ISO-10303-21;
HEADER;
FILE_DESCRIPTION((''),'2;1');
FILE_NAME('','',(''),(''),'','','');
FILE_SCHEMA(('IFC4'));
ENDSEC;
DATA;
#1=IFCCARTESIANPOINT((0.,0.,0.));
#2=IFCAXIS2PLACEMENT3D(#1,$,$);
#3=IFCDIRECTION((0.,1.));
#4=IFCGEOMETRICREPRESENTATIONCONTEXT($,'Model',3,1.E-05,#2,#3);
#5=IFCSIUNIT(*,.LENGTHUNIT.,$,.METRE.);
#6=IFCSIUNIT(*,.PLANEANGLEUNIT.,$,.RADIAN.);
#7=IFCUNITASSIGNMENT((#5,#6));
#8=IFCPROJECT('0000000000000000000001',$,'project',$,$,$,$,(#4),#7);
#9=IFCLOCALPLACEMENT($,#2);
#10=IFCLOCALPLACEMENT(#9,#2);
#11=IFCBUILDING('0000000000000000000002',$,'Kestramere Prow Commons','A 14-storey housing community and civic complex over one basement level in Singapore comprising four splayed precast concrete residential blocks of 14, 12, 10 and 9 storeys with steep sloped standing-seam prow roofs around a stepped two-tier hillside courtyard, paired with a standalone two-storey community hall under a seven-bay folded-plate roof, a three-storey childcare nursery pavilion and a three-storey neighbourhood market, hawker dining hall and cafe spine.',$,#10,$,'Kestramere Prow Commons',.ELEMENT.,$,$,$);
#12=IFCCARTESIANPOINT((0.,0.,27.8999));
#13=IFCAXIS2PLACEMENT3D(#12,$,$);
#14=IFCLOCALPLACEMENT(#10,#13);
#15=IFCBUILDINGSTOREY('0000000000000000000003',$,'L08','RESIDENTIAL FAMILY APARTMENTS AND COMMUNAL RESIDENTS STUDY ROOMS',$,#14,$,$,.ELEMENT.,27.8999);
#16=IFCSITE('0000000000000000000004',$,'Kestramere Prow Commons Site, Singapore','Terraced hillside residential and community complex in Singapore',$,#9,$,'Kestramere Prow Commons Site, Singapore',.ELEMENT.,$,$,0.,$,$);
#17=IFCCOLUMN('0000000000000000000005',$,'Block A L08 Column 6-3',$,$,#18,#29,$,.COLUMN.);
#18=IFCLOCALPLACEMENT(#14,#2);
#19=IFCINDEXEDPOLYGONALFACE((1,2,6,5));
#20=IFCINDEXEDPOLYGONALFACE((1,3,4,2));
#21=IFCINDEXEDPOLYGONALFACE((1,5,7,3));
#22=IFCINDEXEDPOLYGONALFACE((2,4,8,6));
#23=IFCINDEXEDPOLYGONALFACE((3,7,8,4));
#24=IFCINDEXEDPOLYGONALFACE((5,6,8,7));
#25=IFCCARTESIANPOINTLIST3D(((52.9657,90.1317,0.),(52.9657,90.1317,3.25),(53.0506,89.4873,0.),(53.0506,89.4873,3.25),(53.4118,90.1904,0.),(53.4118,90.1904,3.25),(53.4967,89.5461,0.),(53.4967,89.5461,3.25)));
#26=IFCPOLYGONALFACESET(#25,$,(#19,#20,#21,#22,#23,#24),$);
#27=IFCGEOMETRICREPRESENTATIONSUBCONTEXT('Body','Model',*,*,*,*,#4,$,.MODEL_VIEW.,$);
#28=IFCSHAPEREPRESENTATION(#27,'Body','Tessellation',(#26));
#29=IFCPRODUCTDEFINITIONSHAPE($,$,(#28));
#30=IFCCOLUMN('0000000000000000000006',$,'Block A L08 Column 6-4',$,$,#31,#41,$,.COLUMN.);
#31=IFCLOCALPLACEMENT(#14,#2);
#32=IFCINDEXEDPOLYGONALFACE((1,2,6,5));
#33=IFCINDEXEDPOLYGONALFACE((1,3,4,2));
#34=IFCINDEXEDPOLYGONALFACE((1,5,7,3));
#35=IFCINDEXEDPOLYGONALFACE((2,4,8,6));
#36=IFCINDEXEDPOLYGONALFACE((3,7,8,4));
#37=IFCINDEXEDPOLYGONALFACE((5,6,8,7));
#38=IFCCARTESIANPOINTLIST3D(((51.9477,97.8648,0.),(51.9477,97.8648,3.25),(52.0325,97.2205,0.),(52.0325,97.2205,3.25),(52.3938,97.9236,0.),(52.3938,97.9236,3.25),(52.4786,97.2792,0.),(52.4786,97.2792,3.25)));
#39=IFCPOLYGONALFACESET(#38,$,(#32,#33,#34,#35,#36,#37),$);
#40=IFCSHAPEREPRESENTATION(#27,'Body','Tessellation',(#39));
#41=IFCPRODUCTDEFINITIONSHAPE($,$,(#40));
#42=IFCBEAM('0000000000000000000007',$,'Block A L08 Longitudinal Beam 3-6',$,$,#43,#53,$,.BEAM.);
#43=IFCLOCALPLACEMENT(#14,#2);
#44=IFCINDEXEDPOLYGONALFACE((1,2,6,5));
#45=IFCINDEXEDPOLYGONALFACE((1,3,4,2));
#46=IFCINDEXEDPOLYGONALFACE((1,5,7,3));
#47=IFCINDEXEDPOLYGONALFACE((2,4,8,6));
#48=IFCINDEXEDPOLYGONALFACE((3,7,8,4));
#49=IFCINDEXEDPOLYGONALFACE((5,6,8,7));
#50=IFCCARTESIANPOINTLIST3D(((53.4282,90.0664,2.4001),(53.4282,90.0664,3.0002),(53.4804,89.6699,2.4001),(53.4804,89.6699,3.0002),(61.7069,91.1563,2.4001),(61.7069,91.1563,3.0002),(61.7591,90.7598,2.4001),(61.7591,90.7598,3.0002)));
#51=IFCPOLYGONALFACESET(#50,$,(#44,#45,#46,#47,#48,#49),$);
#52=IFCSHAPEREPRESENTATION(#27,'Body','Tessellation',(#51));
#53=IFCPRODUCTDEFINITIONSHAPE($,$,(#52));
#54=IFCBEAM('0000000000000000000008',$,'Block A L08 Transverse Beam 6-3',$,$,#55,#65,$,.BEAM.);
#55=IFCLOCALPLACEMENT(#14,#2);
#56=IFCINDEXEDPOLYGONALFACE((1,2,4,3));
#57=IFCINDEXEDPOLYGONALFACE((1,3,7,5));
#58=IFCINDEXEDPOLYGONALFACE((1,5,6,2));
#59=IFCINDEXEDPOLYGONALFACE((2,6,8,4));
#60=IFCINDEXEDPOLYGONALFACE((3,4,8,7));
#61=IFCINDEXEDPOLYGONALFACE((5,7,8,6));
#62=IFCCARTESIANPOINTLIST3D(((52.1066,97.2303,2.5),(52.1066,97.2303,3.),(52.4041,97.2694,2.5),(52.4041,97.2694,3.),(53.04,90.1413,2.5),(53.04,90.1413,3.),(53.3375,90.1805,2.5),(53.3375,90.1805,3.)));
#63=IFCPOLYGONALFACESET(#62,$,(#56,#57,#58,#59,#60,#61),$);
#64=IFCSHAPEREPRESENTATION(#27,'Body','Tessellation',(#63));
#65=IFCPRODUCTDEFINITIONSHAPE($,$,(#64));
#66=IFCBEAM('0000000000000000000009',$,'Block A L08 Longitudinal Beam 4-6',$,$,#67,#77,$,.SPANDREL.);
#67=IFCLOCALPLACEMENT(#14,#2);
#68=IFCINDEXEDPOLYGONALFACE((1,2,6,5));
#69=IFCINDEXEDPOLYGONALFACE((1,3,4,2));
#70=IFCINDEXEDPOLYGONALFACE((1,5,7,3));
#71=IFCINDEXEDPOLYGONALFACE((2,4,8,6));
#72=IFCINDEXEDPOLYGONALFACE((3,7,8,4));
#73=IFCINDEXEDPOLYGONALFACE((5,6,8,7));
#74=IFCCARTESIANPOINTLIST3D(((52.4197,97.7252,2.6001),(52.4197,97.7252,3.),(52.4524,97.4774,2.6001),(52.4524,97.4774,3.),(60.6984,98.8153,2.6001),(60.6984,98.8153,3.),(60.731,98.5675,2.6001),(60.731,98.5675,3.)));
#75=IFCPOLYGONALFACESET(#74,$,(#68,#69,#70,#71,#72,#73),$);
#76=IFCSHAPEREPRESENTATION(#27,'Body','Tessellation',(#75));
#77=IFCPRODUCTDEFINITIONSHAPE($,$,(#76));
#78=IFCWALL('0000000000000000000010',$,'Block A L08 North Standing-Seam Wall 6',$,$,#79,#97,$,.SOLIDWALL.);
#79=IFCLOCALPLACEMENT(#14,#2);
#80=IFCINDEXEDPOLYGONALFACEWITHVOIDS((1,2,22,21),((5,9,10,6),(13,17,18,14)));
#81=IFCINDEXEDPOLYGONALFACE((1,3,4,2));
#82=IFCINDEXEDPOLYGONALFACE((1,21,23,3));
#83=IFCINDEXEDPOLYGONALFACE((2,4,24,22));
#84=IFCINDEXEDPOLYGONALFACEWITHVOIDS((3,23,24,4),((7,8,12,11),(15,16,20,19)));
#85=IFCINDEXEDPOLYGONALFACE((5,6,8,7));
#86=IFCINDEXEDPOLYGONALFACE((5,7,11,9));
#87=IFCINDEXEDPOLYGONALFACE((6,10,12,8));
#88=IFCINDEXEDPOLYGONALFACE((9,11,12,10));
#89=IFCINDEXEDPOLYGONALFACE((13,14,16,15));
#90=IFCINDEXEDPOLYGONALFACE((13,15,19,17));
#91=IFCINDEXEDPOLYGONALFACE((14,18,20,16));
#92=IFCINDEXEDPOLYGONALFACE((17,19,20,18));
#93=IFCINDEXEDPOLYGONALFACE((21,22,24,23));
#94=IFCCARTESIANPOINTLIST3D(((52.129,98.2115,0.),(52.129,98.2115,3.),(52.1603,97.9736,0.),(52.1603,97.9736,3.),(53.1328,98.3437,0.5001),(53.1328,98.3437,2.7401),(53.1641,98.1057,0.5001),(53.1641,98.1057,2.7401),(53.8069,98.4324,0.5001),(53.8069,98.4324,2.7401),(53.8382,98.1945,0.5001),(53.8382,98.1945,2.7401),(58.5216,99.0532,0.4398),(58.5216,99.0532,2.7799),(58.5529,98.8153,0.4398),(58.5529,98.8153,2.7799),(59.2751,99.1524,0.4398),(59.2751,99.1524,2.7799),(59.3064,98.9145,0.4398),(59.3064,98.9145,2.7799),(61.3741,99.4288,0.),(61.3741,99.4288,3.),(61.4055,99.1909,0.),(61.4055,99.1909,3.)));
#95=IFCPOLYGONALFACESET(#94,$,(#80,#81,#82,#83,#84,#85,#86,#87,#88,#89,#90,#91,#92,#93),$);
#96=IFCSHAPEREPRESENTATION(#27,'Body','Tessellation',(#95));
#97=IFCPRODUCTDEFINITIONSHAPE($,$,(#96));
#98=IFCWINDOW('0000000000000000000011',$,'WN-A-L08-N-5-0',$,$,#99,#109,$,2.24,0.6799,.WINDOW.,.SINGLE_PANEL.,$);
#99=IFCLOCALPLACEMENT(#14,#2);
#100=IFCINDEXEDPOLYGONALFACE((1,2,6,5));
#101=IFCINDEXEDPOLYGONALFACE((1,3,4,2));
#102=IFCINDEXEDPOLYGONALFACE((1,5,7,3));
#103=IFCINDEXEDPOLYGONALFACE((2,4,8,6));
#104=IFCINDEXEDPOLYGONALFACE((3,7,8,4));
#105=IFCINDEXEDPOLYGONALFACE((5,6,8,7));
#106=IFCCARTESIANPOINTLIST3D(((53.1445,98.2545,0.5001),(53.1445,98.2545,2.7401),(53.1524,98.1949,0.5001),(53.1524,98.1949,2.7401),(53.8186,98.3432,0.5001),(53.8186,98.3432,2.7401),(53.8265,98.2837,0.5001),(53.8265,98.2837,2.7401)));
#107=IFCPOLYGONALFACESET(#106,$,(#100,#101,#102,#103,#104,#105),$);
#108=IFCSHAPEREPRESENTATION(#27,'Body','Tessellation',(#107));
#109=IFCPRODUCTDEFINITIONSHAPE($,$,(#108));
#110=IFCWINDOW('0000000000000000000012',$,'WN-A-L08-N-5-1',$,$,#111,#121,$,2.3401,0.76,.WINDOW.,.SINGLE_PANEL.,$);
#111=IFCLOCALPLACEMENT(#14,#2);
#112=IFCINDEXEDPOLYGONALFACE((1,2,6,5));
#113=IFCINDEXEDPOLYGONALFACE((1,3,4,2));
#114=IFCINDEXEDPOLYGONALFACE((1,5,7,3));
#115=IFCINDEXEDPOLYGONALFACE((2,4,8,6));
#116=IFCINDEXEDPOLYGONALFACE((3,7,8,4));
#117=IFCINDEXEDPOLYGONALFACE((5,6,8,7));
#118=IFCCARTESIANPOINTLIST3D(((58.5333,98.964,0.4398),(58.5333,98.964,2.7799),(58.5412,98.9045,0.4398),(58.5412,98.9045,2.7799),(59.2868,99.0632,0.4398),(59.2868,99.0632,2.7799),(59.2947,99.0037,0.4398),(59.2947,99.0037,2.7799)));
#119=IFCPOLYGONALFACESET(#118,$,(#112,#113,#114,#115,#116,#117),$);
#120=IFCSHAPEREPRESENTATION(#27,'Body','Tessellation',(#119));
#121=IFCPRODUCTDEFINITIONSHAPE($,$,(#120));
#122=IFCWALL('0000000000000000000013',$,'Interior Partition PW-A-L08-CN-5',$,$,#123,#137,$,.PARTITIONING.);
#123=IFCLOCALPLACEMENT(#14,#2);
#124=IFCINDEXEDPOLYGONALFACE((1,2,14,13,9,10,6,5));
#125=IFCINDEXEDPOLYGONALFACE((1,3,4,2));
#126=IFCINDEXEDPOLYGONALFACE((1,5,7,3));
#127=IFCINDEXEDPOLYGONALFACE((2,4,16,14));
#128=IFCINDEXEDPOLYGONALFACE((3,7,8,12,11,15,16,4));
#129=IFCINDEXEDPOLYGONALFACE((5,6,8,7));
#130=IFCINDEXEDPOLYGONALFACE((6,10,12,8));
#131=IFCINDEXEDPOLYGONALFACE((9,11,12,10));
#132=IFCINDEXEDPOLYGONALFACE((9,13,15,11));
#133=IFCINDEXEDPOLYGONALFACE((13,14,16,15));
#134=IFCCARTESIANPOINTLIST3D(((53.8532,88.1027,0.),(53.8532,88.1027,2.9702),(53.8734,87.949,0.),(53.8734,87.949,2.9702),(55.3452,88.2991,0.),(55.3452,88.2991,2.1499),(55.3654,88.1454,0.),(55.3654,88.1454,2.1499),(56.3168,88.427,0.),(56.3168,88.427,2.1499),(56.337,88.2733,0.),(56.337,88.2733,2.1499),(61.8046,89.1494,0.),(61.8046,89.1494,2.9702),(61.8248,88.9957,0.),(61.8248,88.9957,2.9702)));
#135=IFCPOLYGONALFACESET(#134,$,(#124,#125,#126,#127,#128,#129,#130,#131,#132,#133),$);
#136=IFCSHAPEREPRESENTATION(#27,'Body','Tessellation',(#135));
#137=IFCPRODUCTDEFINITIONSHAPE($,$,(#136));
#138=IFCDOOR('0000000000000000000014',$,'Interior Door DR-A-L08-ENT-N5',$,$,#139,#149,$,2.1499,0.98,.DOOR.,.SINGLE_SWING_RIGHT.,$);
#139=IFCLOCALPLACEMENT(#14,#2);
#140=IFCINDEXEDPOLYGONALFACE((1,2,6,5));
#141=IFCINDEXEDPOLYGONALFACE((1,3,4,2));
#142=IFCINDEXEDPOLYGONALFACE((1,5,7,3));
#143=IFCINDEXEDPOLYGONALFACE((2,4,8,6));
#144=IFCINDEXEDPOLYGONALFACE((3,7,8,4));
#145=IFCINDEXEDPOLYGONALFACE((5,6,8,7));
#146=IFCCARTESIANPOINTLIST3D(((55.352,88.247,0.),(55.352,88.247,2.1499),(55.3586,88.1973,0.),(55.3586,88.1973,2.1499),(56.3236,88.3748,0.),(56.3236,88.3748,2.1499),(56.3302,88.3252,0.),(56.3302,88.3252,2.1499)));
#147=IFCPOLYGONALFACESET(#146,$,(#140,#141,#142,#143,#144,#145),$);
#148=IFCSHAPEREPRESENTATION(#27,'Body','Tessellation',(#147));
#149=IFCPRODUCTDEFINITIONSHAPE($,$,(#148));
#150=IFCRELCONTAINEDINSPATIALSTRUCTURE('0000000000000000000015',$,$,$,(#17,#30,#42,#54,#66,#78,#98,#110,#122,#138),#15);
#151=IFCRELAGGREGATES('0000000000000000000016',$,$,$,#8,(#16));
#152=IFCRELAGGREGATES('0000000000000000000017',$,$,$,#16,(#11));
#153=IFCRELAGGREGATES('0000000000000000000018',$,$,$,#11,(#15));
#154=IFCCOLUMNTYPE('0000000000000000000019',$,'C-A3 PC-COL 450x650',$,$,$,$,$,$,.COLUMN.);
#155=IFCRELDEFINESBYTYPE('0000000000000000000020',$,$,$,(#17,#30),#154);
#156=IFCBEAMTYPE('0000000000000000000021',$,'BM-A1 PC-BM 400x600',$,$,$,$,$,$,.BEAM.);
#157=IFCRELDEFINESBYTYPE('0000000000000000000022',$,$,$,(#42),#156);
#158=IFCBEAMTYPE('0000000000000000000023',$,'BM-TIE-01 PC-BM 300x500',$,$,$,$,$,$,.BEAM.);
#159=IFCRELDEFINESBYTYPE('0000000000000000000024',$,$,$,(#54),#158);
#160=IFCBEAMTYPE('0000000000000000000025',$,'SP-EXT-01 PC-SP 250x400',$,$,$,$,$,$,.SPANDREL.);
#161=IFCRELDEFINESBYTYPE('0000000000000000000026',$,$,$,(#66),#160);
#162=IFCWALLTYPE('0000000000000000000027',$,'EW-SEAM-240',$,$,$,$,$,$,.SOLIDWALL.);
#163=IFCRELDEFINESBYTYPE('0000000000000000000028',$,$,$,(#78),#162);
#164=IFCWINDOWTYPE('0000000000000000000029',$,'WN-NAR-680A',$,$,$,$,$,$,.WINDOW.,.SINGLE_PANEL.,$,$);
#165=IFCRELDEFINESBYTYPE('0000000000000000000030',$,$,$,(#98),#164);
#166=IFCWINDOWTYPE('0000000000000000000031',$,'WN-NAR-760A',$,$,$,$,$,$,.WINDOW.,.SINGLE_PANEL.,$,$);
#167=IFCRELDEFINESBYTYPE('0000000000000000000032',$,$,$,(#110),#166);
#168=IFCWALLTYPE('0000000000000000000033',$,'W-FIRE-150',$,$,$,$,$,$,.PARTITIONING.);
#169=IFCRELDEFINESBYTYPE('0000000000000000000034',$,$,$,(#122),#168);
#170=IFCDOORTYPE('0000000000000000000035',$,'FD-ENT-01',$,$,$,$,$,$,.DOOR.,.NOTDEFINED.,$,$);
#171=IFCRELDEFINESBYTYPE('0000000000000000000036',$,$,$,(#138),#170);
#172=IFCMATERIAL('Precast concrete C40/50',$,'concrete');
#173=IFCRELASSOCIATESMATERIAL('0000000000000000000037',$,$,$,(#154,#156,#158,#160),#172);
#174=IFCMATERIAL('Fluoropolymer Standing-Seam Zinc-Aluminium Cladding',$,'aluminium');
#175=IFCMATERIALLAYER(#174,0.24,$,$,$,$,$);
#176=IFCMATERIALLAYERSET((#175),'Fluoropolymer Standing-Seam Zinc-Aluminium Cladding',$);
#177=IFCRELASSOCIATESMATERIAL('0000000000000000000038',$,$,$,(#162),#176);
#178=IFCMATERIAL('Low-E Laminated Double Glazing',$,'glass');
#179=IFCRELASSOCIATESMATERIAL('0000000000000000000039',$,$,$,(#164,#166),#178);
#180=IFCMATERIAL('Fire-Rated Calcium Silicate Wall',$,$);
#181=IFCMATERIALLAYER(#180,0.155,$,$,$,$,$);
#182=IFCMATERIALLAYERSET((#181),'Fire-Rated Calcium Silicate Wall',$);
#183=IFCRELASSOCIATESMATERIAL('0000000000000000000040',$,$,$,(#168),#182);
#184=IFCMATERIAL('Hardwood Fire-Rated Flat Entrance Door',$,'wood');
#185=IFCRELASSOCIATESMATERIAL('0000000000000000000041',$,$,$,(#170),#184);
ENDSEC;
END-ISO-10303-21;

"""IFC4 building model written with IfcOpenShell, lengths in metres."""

from ifc_helpers import new_model, si_unit, direction, frame, frame_2d, origin, origin_2d, place, context, subcontext, project, spatial, rectangle, extrude, material, layer, layer_set, material_profile, profile_set, type_object, element, fill, save


model = new_model("IFC4")

# Units and contexts
model_context = context("Model", 3, precision=1e-05, world=origin(), true_north=direction((0.0, 1.0)))
body_context = subcontext(model_context, "Body", "Model", "MODEL_VIEW")
ifc_project = project(units=[si_unit("LENGTHUNIT", "METRE"), si_unit("PLANEANGLEUNIT", "RADIAN")], contexts=[model_context])

# Site, building, storey
site_placement = place(None, origin())
site = spatial("IfcSite", under=ifc_project, at=site_placement, Name="Kestramere Prow Commons Site, Singapore", Description="Terraced hillside residential and community complex in Singapore", LongName="Kestramere Prow Commons Site, Singapore", CompositionType="ELEMENT", RefElevation=0.0)
building_placement = place(site_placement, origin())
building = spatial("IfcBuilding", under=site, at=building_placement, Name="Kestramere Prow Commons", Description="A 14-storey housing community and civic complex over one basement level in Singapore comprising four splayed precast concrete residential blocks of 14, 12, 10 and 9 storeys with steep sloped standing-seam prow roofs around a stepped two-tier hillside courtyard, paired with a standalone two-storey community hall under a seven-bay folded-plate roof, a three-storey childcare nursery pavilion and a three-storey neighbourhood market, hawker dining hall and cafe spine.", LongName="Kestramere Prow Commons", CompositionType="ELEMENT")
storey_placement = place(building_placement, frame((0.0, 0.0, 27.8999)))
storey = spatial("IfcBuildingStorey", under=building, at=storey_placement, Name="L08", Description="RESIDENTIAL FAMILY APARTMENTS AND COMMUNAL RESIDENTS STUDY ROOMS", CompositionType="ELEMENT", Elevation=27.8999)

# Columns
ifc_material_1 = material(Name="Precast concrete C40/50", Category="concrete")
ifc_material_profile_1 = material_profile(ifc_material_1, rectangle(XDim=0.45, YDim=0.6499, at=origin_2d()), Name="PC-COL 450x650")
ifc_profile_set_1 = profile_set([ifc_material_profile_1], Name="Precast concrete C40/50")
column_type = type_object("IfcColumnType", Name="C-A3 PC-COL 450x650", PredefinedType="COLUMN", material=ifc_profile_set_1)
for number, where, z_axis, x_axis, name in (
    (1, (53.2312, 89.8389, 0.0), (0.0, 0.0, 1.0), (0.991445, 0.130526, 0.0), "Block A L08 Column 6-3"),
    (2, (52.2131, 97.572, 0.0), (0.0, 0.0, 1.0), (0.991445, 0.130526, 0.0), "Block A L08 Column 6-4"),
):
    element("IfcColumn", number, at=place(storey_placement, frame(where, z_axis=z_axis, x_axis=x_axis)), inside=storey, type_object=column_type, Name=name, PredefinedType="COLUMN", context=body_context, shape_type="SweptSolid", body=[
        extrude(rectangle(XDim=0.45, YDim=0.6499, at=origin_2d()), origin(), (0.0, 0.0, 1.0), 3.25),
    ])

# Beams
ifc_material_profile_2 = material_profile(ifc_material_1, rectangle(XDim=0.3999, YDim=0.6001, at=origin_2d()), Name="PC-BM 400x600")
ifc_profile_set_2 = profile_set([ifc_material_profile_2], Name="Precast concrete C40/50")
beam_type_1 = type_object("IfcBeamType", Name="BM-A1 PC-BM 400x600", PredefinedType="BEAM", material=ifc_profile_set_2)
beam_1_placement = place(storey_placement, frame((53.4543, 89.8682, 2.7002), z_axis=(0.991446, 0.13052, 0.0), x_axis=(-0.13052, 0.991446, 0.0)))
element("IfcBeam", 3, at=beam_1_placement, inside=storey, type_object=beam_type_1, Name="Block A L08 Longitudinal Beam 3-6", PredefinedType="BEAM", context=body_context, shape_type="SweptSolid", body=[
    extrude(rectangle(XDim=0.3999, YDim=0.6001, at=origin_2d()), origin(), (0.0, 0.0, 1.0), 8.3501),
])
ifc_material_profile_3 = material_profile(ifc_material_1, rectangle(XDim=0.3, YDim=0.5, at=origin_2d()), Name="PC-BM 300x500")
ifc_profile_set_3 = profile_set([ifc_material_profile_3], Name="Precast concrete C40/50")
beam_type_2 = type_object("IfcBeamType", Name="BM-TIE-01 PC-BM 300x500", PredefinedType="BEAM", material=ifc_profile_set_3)
beam_2_placement = place(storey_placement, frame((53.1887, 90.1609, 2.75), z_axis=(-0.130538, 0.991443, 0.0), x_axis=(-0.991443, -0.130538, 0.0)))
element("IfcBeam", 4, at=beam_2_placement, inside=storey, type_object=beam_type_2, Name="Block A L08 Transverse Beam 6-3", PredefinedType="BEAM", context=body_context, shape_type="SweptSolid", body=[
    extrude(rectangle(XDim=0.3, YDim=0.5, at=origin_2d()), origin(), (0.0, 0.0, 1.0), 7.1501),
])
ifc_material_profile_4 = material_profile(ifc_material_1, rectangle(XDim=0.25, YDim=0.3999, at=origin_2d()), Name="PC-SP 250x400")
ifc_profile_set_4 = profile_set([ifc_material_profile_4], Name="Precast concrete C40/50")
beam_type_3 = type_object("IfcBeamType", Name="SP-EXT-01 PC-SP 250x400", PredefinedType="SPANDREL", material=ifc_profile_set_4)
beam_3_placement = place(storey_placement, frame((52.436, 97.6013, 2.8), z_axis=(0.991442, 0.130549, 0.0), x_axis=(-0.130549, 0.991442, 0.0)))
element("IfcBeam", 5, at=beam_3_placement, inside=storey, type_object=beam_type_3, Name="Block A L08 Longitudinal Beam 4-6", PredefinedType="SPANDREL", context=body_context, shape_type="SweptSolid", body=[
    extrude(rectangle(XDim=0.25, YDim=0.3999, at=origin_2d()), origin(), (0.0, 0.0, 1.0), 8.3501),
])

# Wall, openings, windows
ifc_material_2 = material(Name="Fluoropolymer Standing-Seam Zinc-Aluminium Cladding", Category="aluminium")
ifc_layer_1 = layer(ifc_material_2, 0.24)
ifc_layer_set_1 = layer_set([ifc_layer_1], Name="Fluoropolymer Standing-Seam Zinc-Aluminium Cladding")
wall_type_1 = type_object("IfcWallType", Name="EW-SEAM-240", PredefinedType="SOLIDWALL", material=ifc_layer_set_1)
wall_1_placement = place(storey_placement, frame((52.1445, 98.0925, 0.0), z_axis=(0.0, 0.0, 1.0), x_axis=(0.991443, 0.130541, 0.0)))
wall_1 = element("IfcWall", 6, at=wall_1_placement, inside=storey, type_object=wall_type_1, Name="Block A L08 North Standing-Seam Wall 6", PredefinedType="SOLIDWALL", context=body_context, shape_type="SweptSolid", body=[
    extrude(rectangle(XDim=9.325, YDim=0.24, at=frame_2d((4.6626, 0.0))), origin(), (0.0, 0.0, 1.0), 3.0),
])
opening_1_placement = place(wall_1_placement, frame((1.0127, 0.0, 0.5)))
opening_1 = element("IfcOpeningElement", 7, at=opening_1_placement, cuts=wall_1, PredefinedType="OPENING", context=body_context, shape_type="SweptSolid", body=[
    extrude(rectangle(XDim=0.6799, YDim=2.24, at=frame_2d((0.3398, 1.1201))), frame((0.0, 0.135, 0.0), z_axis=(0.0, -1.0, 0.0), x_axis=(1.0, 0.0, 0.0)), (0.0, 0.0, 1.0), 0.27),
])
opening_2_placement = place(wall_1_placement, frame((6.448, 0.0, 0.4399)))
opening_2 = element("IfcOpeningElement", 8, at=opening_2_placement, cuts=wall_1, PredefinedType="OPENING", context=body_context, shape_type="SweptSolid", body=[
    extrude(rectangle(XDim=0.76, YDim=2.3401, at=frame_2d((0.3799, 1.1699))), frame((0.0, 0.135, 0.0), z_axis=(0.0, -1.0, 0.0), x_axis=(1.0, 0.0, 0.0)), (0.0, 0.0, 1.0), 0.27),
])
ifc_material_3 = material(Name="Low-E Laminated Double Glazing", Category="glass")
window_type_1 = type_object("IfcWindowType", Name="WN-NAR-680A", PartitioningType="SINGLE_PANEL", PredefinedType="WINDOW", material=ifc_material_3)
window_1_placement = place(opening_1_placement, origin())
window_1 = element("IfcWindow", 9, at=window_1_placement, inside=storey, type_object=window_type_1, Name="WN-A-L08-N-5-0", OverallHeight=2.24, OverallWidth=0.6799, PartitioningType="SINGLE_PANEL", PredefinedType="WINDOW", context=body_context, shape_type="SweptSolid", body=[
    extrude(rectangle(XDim=0.6799, YDim=2.24, at=frame_2d((0.3398, 1.1201))), frame((0.0, 0.03, 0.0), z_axis=(0.0, -1.0, 0.0), x_axis=(1.0, 0.0, 0.0)), (0.0, 0.0, 1.0), 0.0601),
])
fill(opening_1, window_1)
window_type_2 = type_object("IfcWindowType", Name="WN-NAR-760A", PartitioningType="SINGLE_PANEL", PredefinedType="WINDOW", material=ifc_material_3)
window_2_placement = place(opening_2_placement, origin())
window_2 = element("IfcWindow", 10, at=window_2_placement, inside=storey, type_object=window_type_2, Name="WN-A-L08-N-5-1", OverallHeight=2.3401, OverallWidth=0.76, PartitioningType="SINGLE_PANEL", PredefinedType="WINDOW", context=body_context, shape_type="SweptSolid", body=[
    extrude(rectangle(XDim=0.76, YDim=2.3401, at=frame_2d((0.3799, 1.1699))), frame((0.0, 0.03, 0.0), z_axis=(0.0, -1.0, 0.0), x_axis=(1.0, 0.0, 0.0)), (0.0, 0.0, 1.0), 0.0601),
])
fill(opening_2, window_2)

# Wall, opening, door
ifc_material_4 = material(Name="Fire-Rated Calcium Silicate Wall")
ifc_layer_2 = layer(ifc_material_4, 0.155)
ifc_layer_set_2 = layer_set([ifc_layer_2], Name="Fire-Rated Calcium Silicate Wall")
wall_type_2 = type_object("IfcWallType", Name="W-FIRE-150", PredefinedType="PARTITIONING", material=ifc_layer_set_2)
wall_2_placement = place(storey_placement, frame((53.8633, 88.0259, 0.0), z_axis=(0.0, 0.0, 1.0), x_axis=(0.991448, 0.130503, 0.0)))
wall_2 = element("IfcWall", 11, at=wall_2_placement, inside=storey, type_object=wall_type_2, Name="Interior Partition PW-A-L08-CN-5", PredefinedType="PARTITIONING", context=body_context, shape_type="SweptSolid", body=[
    extrude(rectangle(XDim=8.02, YDim=0.155, at=frame_2d((4.01, 0.0))), origin(), (0.0, 0.0, 1.0), 2.9702),
])
opening_3_placement = place(wall_2_placement, frame((1.5049, 0.0, 0.0)))
opening_3 = element("IfcOpeningElement", 12, at=opening_3_placement, cuts=wall_2, PredefinedType="OPENING", context=body_context, shape_type="SweptSolid", body=[
    extrude(rectangle(XDim=0.98, YDim=2.1499, at=frame_2d((0.49, 1.075))), frame((0.0, 0.0925, 0.0), z_axis=(0.0, -1.0, 0.0), x_axis=(1.0, 0.0, 0.0)), (0.0, 0.0, 1.0), 0.1851),
])
ifc_material_5 = material(Name="Hardwood Fire-Rated Flat Entrance Door", Category="wood")
door_type_1 = type_object("IfcDoorType", Name="FD-ENT-01", OperationType="NOTDEFINED", PredefinedType="DOOR", material=ifc_material_5)
door_1_placement = place(opening_3_placement, origin())
door_1 = element("IfcDoor", 13, at=door_1_placement, inside=storey, type_object=door_type_1, Name="Interior Door DR-A-L08-ENT-N5", OperationType="SINGLE_SWING_RIGHT", OverallHeight=2.1499, OverallWidth=0.98, PredefinedType="DOOR", context=body_context, shape_type="SweptSolid", body=[
    extrude(rectangle(XDim=0.98, YDim=2.1499, at=frame_2d((0.49, 1.075))), frame((0.0, 0.0249, 0.0), z_axis=(0.0, -1.0, 0.0), x_axis=(1.0, 0.0, 0.0)), (0.0, 0.0, 1.0), 0.05),
])
fill(opening_3, door_1)

save(model, "model.ifc")
